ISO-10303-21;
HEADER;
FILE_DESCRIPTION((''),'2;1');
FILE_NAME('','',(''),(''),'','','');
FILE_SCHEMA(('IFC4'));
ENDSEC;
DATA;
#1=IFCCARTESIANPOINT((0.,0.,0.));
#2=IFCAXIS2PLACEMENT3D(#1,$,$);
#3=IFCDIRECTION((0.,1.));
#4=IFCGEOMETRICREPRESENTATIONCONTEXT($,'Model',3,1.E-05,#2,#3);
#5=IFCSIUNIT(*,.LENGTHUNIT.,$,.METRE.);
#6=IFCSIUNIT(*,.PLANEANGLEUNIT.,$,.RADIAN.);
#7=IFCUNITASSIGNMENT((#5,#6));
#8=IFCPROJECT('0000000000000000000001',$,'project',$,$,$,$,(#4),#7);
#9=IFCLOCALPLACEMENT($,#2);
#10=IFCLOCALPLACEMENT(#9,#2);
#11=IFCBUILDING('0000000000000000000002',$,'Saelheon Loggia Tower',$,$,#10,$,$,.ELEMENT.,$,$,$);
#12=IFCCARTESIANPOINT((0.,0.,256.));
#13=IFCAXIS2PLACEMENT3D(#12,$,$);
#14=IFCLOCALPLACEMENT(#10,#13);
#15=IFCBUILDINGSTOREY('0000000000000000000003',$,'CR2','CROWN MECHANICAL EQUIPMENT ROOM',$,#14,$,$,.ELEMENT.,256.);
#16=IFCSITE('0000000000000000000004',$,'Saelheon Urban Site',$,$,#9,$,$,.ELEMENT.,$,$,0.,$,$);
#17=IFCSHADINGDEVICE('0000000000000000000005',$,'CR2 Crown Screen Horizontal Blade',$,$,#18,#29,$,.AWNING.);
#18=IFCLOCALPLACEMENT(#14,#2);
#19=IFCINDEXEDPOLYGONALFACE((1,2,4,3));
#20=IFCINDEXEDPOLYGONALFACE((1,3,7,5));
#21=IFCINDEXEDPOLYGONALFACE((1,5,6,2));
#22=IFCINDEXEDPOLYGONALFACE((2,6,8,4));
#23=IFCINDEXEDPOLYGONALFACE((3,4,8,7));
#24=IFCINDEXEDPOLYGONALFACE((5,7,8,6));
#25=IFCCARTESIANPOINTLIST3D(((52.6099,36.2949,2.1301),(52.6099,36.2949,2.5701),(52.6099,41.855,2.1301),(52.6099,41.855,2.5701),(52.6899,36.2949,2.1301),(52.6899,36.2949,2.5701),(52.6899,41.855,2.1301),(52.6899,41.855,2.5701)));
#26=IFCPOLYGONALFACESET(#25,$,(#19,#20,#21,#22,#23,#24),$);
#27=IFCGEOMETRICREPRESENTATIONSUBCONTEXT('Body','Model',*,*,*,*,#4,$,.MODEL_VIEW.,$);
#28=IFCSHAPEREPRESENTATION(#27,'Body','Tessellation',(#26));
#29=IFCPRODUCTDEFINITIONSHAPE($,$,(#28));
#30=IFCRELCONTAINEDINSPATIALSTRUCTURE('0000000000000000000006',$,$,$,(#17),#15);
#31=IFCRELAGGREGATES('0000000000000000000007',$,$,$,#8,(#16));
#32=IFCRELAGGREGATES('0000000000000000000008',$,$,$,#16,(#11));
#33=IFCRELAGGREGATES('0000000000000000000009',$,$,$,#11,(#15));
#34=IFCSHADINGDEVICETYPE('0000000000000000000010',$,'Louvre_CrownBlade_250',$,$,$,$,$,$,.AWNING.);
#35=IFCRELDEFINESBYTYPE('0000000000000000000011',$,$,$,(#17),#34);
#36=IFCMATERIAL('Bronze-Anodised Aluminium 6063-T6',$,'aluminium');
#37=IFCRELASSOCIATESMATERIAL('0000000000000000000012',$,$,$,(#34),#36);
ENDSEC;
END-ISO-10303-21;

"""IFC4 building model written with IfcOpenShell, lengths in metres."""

from ifc_helpers import new_model, si_unit, direction, frame, origin, origin_2d, place, context, subcontext, project, spatial, rectangle, extrude, source, transform, mapped, material, material_profile, profile_set, type_object, element, save


model = new_model("IFC4")

# Units and contexts
model_context = context("Model", 3, precision=1e-05, world=origin(), true_north=direction((0.0, 1.0)))
body_context = subcontext(model_context, "Body", "Model", "MODEL_VIEW")
ifc_project = project(units=[si_unit("LENGTHUNIT", "METRE"), si_unit("PLANEANGLEUNIT", "RADIAN")], contexts=[model_context])

# Site, building, storey
site_placement = place(None, origin())
site = spatial("IfcSite", under=ifc_project, at=site_placement, Name="Saelheon Urban Site", CompositionType="ELEMENT", RefElevation=0.0)
building_placement = place(site_placement, origin())
building = spatial("IfcBuilding", under=site, at=building_placement, Name="Saelheon Loggia Tower", CompositionType="ELEMENT")
storey_placement = place(building_placement, frame((0.0, 0.0, 256.0)))
storey = spatial("IfcBuildingStorey", under=building, at=storey_placement, Name="CR2", Description="CROWN MECHANICAL EQUIPMENT ROOM", CompositionType="ELEMENT", Elevation=256.0)

# Shared definitions
ifc_material_1 = material(Name="Bronze-Anodised Aluminium 6063-T6", Category="aluminium")

# Shading device
ifc_material_profile_1 = material_profile(ifc_material_1, rectangle(XDim=0.0801, YDim=0.4399, at=origin_2d()), Name="Louvre_CrownBlade_250")
ifc_profile_set_1 = profile_set([ifc_material_profile_1], Name="Bronze-Anodised Aluminium 6063-T6")
shading_device_type = type_object("IfcShadingDeviceType", Name="Louvre_CrownBlade_250", PredefinedType="AWNING", material=ifc_profile_set_1)
shared_shape_1 = source(origin(), body_context, "Body", "SweptSolid", [
    extrude(rectangle(XDim=0.0801, YDim=0.4399, at=origin_2d()), origin(), (0.0, 0.0, 1.0), 5.5601),
])
for number, where, z_axis, x_axis, name in (
    (1, (52.6499, 36.2949, 2.3501), (0.0, 1.0, 0.0), (-1.0, 0.0, 0.0), "CR2 Crown Screen Horizontal Blade"),
):
    element("IfcShadingDevice", number, at=place(storey_placement, frame(where, z_axis=z_axis, x_axis=x_axis)), inside=storey, type_object=shading_device_type, Name=name, PredefinedType="AWNING", context=body_context, shape_type="MappedRepresentation", body=[
        mapped(shared_shape_1, transform((0.0, 0.0, 0.0), scale=1.0)),
    ])

save(model, "model.ifc")
